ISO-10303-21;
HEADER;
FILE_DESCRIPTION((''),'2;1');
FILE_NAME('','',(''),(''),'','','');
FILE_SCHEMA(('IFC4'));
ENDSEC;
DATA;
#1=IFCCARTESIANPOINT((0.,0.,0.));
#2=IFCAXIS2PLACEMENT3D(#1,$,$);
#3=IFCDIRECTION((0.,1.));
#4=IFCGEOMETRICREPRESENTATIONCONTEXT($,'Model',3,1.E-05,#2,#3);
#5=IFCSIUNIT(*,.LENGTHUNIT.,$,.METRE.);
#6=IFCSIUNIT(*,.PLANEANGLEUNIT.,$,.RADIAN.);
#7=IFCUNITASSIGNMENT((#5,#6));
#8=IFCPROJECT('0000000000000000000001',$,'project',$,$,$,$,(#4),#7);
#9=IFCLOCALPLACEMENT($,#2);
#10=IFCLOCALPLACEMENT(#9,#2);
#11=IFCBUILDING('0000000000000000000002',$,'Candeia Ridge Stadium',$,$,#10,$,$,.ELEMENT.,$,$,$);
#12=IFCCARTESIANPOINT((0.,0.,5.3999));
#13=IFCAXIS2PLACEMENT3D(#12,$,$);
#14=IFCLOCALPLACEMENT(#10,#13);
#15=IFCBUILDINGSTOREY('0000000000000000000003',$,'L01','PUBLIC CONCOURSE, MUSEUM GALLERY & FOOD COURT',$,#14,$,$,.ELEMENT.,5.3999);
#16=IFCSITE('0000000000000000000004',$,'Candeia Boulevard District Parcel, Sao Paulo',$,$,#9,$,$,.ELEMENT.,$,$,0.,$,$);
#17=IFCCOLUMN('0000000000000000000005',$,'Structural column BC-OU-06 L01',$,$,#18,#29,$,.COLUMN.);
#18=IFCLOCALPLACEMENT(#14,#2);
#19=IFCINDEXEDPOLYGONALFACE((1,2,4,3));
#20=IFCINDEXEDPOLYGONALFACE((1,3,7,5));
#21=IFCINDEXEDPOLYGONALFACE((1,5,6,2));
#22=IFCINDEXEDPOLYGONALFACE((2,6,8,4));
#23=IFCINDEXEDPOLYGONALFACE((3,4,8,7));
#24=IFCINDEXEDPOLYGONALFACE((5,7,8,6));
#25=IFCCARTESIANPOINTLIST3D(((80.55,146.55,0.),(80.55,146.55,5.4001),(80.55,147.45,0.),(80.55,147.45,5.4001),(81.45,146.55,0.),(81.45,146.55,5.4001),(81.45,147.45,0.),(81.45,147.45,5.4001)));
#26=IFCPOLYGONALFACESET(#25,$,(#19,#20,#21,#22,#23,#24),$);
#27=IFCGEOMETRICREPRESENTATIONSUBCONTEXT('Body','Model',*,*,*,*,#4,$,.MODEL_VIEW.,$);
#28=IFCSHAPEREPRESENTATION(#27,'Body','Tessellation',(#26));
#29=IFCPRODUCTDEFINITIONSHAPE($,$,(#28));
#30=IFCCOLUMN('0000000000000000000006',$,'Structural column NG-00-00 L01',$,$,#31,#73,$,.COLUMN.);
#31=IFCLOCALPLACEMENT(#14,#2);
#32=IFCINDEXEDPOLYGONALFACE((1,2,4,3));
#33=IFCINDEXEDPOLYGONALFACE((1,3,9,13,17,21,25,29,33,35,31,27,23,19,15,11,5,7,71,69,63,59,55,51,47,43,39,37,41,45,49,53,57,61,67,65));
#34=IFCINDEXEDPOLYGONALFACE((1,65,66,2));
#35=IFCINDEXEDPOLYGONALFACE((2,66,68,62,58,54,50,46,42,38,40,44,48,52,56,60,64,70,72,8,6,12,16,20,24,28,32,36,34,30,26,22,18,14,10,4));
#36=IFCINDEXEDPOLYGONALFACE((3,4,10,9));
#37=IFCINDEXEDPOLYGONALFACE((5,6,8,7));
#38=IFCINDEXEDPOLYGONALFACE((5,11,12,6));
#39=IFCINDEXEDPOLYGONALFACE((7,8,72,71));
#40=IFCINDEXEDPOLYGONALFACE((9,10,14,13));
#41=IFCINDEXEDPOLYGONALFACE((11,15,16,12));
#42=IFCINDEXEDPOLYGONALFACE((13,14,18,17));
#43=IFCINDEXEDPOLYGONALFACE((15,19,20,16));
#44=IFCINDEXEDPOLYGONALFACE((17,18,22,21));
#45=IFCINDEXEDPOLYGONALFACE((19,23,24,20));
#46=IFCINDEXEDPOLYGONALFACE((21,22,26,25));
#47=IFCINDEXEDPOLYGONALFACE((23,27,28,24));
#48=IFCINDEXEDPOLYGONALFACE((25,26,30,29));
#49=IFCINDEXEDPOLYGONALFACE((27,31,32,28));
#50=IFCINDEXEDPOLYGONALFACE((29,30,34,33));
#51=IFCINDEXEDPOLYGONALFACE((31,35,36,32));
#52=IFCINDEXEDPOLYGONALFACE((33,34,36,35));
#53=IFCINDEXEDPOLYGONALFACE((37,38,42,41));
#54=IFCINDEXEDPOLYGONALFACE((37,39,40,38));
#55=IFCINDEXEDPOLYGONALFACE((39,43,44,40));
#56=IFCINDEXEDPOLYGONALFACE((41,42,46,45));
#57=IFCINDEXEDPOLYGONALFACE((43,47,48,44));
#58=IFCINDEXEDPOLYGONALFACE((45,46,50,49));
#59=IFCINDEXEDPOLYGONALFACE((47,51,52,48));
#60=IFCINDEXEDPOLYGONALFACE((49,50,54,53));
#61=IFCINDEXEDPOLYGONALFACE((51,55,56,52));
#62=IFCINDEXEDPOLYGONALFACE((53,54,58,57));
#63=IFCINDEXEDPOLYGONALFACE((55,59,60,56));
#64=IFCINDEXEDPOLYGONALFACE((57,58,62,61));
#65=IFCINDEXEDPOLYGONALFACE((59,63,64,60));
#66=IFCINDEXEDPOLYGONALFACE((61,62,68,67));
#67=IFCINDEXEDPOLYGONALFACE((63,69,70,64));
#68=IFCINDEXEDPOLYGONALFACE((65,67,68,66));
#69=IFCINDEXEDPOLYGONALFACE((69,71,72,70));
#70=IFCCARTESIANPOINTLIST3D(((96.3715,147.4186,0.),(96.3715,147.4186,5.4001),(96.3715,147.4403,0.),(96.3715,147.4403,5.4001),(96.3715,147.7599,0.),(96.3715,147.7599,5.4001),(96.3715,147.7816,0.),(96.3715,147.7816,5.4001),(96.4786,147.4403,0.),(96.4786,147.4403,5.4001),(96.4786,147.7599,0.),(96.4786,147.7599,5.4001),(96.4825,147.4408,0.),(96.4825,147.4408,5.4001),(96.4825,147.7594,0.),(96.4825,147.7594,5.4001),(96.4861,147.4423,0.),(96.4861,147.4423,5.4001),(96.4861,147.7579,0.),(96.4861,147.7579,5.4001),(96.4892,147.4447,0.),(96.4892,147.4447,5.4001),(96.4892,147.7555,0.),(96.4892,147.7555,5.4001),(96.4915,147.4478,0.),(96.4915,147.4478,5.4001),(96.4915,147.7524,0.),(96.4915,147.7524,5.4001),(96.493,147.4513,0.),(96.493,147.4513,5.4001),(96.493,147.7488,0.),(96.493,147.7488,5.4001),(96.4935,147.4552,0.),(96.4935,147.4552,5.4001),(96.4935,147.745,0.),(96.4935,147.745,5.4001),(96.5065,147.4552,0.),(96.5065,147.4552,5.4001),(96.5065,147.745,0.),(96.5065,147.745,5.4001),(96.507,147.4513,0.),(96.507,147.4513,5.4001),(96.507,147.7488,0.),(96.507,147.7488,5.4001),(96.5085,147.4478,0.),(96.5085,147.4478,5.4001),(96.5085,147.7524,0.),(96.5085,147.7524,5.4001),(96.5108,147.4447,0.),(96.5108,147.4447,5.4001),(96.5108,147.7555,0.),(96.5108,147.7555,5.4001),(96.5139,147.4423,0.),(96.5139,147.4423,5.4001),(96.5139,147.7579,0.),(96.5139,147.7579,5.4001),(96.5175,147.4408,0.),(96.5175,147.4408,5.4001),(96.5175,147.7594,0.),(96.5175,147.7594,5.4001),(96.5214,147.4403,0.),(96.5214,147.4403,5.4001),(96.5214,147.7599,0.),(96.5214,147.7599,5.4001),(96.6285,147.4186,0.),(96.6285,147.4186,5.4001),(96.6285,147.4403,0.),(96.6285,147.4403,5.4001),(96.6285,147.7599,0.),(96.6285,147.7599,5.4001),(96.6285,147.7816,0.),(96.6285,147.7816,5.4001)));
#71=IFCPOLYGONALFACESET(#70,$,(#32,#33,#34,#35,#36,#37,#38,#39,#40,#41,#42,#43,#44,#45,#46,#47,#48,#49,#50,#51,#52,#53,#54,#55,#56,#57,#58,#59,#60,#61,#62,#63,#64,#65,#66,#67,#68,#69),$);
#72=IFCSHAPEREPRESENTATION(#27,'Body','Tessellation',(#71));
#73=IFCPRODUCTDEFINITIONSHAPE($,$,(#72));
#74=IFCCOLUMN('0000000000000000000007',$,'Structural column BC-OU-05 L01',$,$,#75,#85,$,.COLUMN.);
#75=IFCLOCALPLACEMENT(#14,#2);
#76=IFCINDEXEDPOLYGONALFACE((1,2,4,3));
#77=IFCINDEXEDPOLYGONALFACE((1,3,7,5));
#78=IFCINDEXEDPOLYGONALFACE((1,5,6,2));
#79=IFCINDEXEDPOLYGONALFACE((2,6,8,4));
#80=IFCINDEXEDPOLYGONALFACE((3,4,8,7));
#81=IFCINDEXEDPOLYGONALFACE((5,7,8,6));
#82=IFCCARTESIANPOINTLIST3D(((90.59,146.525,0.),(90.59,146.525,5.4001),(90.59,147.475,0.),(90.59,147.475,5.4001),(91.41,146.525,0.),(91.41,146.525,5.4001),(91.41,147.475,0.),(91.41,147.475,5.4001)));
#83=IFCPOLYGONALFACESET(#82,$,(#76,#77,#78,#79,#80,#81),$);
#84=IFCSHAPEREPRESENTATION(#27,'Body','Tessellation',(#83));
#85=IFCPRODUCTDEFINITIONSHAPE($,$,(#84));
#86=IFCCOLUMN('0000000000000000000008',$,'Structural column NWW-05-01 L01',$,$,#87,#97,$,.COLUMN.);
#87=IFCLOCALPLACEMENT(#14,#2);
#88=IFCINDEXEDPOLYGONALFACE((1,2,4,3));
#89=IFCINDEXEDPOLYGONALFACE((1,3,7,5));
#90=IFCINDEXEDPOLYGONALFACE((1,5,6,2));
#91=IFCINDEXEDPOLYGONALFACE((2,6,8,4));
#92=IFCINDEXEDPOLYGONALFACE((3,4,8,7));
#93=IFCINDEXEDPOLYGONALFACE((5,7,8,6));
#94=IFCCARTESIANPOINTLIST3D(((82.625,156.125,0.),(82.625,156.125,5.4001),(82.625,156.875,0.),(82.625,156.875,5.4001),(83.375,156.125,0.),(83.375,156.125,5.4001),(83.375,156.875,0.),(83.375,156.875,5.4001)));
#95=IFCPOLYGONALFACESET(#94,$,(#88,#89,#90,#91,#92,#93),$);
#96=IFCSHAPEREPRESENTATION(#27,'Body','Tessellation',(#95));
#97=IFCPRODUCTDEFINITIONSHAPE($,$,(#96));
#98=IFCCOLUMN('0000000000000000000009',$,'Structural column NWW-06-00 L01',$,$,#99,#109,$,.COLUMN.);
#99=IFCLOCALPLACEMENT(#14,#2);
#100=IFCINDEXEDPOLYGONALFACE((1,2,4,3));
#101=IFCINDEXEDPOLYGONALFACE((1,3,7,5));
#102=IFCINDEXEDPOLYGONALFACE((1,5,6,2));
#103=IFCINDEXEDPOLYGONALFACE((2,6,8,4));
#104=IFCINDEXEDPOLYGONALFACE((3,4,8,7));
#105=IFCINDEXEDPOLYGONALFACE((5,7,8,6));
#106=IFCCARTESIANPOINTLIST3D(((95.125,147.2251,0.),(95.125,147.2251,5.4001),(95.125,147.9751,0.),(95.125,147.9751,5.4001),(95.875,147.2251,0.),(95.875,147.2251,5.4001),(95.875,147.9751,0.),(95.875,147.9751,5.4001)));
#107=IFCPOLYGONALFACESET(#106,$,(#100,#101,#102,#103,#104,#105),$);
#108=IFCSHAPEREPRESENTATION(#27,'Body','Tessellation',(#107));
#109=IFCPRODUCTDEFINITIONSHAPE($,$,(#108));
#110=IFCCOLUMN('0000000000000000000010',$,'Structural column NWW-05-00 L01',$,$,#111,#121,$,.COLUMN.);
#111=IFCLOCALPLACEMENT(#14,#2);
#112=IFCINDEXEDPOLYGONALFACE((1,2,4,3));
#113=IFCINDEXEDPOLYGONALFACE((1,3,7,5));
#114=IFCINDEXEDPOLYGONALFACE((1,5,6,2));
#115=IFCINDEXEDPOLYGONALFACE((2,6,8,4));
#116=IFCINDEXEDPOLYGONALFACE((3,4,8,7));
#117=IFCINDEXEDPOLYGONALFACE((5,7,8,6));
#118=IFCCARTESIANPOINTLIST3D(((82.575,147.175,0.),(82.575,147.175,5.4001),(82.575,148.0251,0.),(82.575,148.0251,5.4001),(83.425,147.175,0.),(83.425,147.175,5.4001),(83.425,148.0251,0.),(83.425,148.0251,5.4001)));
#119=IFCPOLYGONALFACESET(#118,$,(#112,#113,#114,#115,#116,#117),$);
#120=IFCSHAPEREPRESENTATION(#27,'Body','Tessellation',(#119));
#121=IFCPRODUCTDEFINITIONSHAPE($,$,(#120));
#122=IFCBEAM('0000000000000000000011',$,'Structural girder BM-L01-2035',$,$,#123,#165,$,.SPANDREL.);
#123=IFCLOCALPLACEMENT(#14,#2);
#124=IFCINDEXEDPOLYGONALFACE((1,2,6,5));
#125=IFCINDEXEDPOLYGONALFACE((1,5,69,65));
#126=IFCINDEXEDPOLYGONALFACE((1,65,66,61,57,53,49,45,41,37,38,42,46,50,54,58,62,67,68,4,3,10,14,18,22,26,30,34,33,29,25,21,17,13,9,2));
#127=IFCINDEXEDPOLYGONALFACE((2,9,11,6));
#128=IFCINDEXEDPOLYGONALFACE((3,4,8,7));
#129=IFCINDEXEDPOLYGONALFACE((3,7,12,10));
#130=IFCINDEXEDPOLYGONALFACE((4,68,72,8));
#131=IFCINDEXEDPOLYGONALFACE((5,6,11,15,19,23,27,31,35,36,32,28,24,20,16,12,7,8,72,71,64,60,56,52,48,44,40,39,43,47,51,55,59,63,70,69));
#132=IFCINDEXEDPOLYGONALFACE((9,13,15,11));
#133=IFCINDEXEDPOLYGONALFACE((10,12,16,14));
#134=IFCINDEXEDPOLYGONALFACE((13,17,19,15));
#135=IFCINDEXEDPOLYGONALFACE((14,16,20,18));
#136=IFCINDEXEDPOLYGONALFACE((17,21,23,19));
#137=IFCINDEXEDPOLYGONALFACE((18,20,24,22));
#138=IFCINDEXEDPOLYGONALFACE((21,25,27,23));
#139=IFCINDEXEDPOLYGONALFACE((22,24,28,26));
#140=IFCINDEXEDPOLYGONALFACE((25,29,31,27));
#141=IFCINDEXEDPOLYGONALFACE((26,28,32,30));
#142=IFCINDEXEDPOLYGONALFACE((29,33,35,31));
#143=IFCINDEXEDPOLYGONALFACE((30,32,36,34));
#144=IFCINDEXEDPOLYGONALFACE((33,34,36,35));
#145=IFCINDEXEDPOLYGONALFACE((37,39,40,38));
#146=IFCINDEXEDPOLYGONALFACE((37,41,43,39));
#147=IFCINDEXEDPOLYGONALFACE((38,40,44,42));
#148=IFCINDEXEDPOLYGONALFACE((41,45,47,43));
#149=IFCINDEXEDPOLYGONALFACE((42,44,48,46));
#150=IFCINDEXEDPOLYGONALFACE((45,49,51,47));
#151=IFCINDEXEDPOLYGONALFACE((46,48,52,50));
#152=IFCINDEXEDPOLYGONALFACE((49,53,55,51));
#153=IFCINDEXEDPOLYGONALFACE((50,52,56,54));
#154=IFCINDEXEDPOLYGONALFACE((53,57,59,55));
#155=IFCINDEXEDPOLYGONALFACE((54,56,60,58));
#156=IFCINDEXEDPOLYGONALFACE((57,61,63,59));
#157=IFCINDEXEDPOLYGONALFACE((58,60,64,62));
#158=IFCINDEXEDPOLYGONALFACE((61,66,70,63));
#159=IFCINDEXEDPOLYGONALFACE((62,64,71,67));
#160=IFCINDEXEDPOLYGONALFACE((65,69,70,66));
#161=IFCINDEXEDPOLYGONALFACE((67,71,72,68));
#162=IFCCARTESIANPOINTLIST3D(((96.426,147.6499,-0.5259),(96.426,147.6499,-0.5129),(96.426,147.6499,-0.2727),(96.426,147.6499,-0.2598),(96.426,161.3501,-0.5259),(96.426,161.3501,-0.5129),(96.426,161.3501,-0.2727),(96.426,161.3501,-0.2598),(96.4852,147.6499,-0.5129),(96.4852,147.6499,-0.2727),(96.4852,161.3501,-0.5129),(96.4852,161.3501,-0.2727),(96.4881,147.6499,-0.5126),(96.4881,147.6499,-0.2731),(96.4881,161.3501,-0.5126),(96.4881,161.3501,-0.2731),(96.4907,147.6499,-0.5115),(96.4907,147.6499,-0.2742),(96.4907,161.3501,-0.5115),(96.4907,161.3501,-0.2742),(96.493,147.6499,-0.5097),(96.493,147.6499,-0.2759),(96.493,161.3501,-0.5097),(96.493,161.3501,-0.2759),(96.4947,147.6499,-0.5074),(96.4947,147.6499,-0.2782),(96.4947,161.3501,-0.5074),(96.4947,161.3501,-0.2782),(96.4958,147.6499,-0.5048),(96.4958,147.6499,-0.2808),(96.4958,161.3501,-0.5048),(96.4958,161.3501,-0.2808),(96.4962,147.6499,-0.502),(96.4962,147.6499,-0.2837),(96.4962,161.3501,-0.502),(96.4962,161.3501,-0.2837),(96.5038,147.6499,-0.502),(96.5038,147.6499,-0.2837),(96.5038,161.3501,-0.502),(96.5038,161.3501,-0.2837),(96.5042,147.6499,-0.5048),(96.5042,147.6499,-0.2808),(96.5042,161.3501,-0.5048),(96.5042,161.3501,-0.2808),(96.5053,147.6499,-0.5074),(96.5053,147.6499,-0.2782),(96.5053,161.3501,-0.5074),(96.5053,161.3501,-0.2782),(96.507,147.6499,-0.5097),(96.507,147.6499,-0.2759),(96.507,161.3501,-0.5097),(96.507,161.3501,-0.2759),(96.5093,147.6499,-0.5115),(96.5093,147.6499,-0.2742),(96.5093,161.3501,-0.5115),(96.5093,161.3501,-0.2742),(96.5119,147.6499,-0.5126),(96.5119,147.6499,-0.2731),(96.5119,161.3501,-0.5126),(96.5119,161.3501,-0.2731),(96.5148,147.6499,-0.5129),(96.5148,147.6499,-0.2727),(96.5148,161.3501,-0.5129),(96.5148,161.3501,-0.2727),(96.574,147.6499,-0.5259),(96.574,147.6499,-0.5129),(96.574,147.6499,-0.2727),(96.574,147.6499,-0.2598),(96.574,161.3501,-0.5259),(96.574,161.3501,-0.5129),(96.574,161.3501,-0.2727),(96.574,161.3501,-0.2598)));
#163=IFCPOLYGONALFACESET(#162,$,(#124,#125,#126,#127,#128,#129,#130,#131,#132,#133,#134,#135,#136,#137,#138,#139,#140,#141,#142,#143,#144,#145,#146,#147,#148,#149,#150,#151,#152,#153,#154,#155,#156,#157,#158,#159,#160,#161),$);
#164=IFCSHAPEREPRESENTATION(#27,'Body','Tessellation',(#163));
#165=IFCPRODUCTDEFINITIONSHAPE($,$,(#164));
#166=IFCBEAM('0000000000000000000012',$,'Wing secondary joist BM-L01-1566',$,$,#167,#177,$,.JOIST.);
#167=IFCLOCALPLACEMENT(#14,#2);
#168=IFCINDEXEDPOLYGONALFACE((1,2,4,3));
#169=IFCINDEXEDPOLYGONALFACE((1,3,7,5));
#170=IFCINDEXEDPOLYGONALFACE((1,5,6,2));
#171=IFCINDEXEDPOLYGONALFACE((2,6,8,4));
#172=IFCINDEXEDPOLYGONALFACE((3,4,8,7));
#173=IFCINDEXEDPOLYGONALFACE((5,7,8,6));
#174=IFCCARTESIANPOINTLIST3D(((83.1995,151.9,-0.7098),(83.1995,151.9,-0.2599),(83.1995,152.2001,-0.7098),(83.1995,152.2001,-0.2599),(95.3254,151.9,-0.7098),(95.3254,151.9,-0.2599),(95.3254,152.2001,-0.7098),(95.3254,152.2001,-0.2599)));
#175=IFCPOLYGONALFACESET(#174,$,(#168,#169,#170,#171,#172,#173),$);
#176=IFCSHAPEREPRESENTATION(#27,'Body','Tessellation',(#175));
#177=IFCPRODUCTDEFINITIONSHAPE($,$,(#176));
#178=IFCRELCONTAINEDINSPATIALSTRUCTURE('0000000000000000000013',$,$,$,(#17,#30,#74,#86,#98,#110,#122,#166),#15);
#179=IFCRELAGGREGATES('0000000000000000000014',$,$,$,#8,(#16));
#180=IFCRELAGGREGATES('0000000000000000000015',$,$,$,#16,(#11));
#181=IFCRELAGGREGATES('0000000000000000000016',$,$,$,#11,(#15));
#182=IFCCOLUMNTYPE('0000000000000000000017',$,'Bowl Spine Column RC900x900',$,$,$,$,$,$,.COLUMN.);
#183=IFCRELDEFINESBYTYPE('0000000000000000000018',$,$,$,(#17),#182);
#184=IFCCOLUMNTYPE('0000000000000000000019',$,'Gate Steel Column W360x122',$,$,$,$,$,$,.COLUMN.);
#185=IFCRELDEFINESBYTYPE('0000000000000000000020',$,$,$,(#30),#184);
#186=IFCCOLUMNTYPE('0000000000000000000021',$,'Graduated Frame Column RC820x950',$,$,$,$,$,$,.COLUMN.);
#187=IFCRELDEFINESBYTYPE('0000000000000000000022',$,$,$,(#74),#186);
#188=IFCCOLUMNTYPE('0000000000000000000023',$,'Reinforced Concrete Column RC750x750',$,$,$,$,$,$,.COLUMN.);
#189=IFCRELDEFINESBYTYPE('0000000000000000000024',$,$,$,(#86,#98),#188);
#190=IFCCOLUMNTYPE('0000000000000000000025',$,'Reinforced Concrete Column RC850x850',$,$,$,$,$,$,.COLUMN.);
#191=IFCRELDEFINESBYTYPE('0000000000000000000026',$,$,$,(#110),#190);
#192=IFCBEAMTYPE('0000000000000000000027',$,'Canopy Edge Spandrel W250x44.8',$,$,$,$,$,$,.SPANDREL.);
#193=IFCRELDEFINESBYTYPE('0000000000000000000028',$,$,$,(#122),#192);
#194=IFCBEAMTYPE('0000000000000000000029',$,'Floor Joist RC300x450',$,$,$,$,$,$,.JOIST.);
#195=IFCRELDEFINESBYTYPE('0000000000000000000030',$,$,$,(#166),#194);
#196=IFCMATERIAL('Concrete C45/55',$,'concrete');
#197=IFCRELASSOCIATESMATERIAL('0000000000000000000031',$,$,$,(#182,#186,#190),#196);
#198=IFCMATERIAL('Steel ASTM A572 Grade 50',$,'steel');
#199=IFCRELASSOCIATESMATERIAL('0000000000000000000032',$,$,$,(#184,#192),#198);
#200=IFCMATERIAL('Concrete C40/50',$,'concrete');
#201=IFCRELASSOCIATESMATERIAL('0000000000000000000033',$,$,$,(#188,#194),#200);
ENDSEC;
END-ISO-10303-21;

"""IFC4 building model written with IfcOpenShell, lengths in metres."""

from ifc_helpers import new_model, si_unit, direction, frame, origin, origin_2d, place, context, subcontext, project, spatial, rectangle, i_section, extrude, material, material_profile, profile_set, type_object, element, save


model = new_model("IFC4")

# Units and contexts
model_context = context("Model", 3, precision=1e-05, world=origin(), true_north=direction((0.0, 1.0)))
body_context = subcontext(model_context, "Body", "Model", "MODEL_VIEW")
ifc_project = project(units=[si_unit("LENGTHUNIT", "METRE"), si_unit("PLANEANGLEUNIT", "RADIAN")], contexts=[model_context])

# Site, building, storey
site_placement = place(None, origin())
site = spatial("IfcSite", under=ifc_project, at=site_placement, Name="Candeia Boulevard District Parcel, Sao Paulo", CompositionType="ELEMENT", RefElevation=0.0)
building_placement = place(site_placement, origin())
building = spatial("IfcBuilding", under=site, at=building_placement, Name="Candeia Ridge Stadium", CompositionType="ELEMENT")
storey_placement = place(building_placement, frame((0.0, 0.0, 5.3999)))
storey = spatial("IfcBuildingStorey", under=building, at=storey_placement, Name="L01", Description="PUBLIC CONCOURSE, MUSEUM GALLERY & FOOD COURT", CompositionType="ELEMENT", Elevation=5.3999)

# Columns
ifc_material_1 = material(Name="Concrete C45/55", Category="concrete")
ifc_material_profile_1 = material_profile(ifc_material_1, rectangle(XDim=0.8999, YDim=0.8999, at=origin_2d()), Name="RC900x900", Category="concrete")
ifc_profile_set_1 = profile_set([ifc_material_profile_1], Name="Concrete C45/55")
column_type_1 = type_object("IfcColumnType", Name="Bowl Spine Column RC900x900", PredefinedType="COLUMN", material=ifc_profile_set_1)
column_1_placement = place(storey_placement, frame((81.0, 147.0, 0.0), z_axis=(0.0, 0.0, 1.0), x_axis=(1.0, 0.0, 0.0)))
element("IfcColumn", 1, at=column_1_placement, inside=storey, type_object=column_type_1, Name="Structural column BC-OU-06 L01", PredefinedType="COLUMN", context=body_context, shape_type="SweptSolid", body=[
    extrude(rectangle(XDim=0.8999, YDim=0.8999, at=origin_2d()), origin(), (0.0, 0.0, 1.0), 5.4001),
])
ifc_material_2 = material(Name="Steel ASTM A572 Grade 50", Category="steel")
ifc_material_profile_2 = material_profile(ifc_material_2, i_section(OverallWidth=0.2571, OverallDepth=0.363, WebThickness=0.0129, FlangeThickness=0.0217, FilletRadius=0.0149, at=origin_2d()), Name="W360x122", Category="steel")
ifc_profile_set_2 = profile_set([ifc_material_profile_2], Name="Steel ASTM A572 Grade 50")
column_type_2 = type_object("IfcColumnType", Name="Gate Steel Column W360x122", PredefinedType="COLUMN", material=ifc_profile_set_2)
column_2_placement = place(storey_placement, frame((96.5, 147.6001, 0.0), z_axis=(0.0, 0.0, 1.0), x_axis=(1.0, 0.0, 0.0)))
element("IfcColumn", 2, at=column_2_placement, inside=storey, type_object=column_type_2, Name="Structural column NG-00-00 L01", PredefinedType="COLUMN", context=body_context, shape_type="SweptSolid", body=[
    extrude(i_section(OverallWidth=0.2571, OverallDepth=0.363, WebThickness=0.0129, FlangeThickness=0.0217, FilletRadius=0.0149, at=origin_2d()), origin(), (0.0, 0.0, 1.0), 5.4001),
])
ifc_material_profile_3 = material_profile(ifc_material_1, rectangle(XDim=0.8201, YDim=0.95, at=origin_2d()), Name="RC820x950", Category="concrete")
ifc_profile_set_3 = profile_set([ifc_material_profile_3], Name="Concrete C45/55")
column_type_3 = type_object("IfcColumnType", Name="Graduated Frame Column RC820x950", PredefinedType="COLUMN", material=ifc_profile_set_3)
column_3_placement = place(storey_placement, frame((91.0, 147.0, 0.0), z_axis=(0.0, 0.0, 1.0), x_axis=(1.0, 0.0, 0.0)))
element("IfcColumn", 3, at=column_3_placement, inside=storey, type_object=column_type_3, Name="Structural column BC-OU-05 L01", PredefinedType="COLUMN", context=body_context, shape_type="SweptSolid", body=[
    extrude(rectangle(XDim=0.8201, YDim=0.95, at=origin_2d()), origin(), (0.0, 0.0, 1.0), 5.4001),
])
ifc_material_3 = material(Name="Concrete C40/50", Category="concrete")
ifc_material_profile_4 = material_profile(ifc_material_3, rectangle(XDim=0.75, YDim=0.75, at=origin_2d()), Name="RC750x750", Category="concrete")
ifc_profile_set_4 = profile_set([ifc_material_profile_4], Name="Concrete C40/50")
column_type_4 = type_object("IfcColumnType", Name="Reinforced Concrete Column RC750x750", PredefinedType="COLUMN", material=ifc_profile_set_4)
for number, where, z_axis, x_axis, name in (
    (4, (83.0, 156.5, 0.0), (0.0, 0.0, 1.0), (1.0, 0.0, 0.0), "Structural column NWW-05-01 L01"),
    (5, (95.5, 147.6001, 0.0), (0.0, 0.0, 1.0), (1.0, 0.0, 0.0), "Structural column NWW-06-00 L01"),
):
    element("IfcColumn", number, at=place(storey_placement, frame(where, z_axis=z_axis, x_axis=x_axis)), inside=storey, type_object=column_type_4, Name=name, PredefinedType="COLUMN", context=body_context, shape_type="SweptSolid", body=[
        extrude(rectangle(XDim=0.75, YDim=0.75, at=origin_2d()), origin(), (0.0, 0.0, 1.0), 5.4001),
    ])
ifc_material_profile_5 = material_profile(ifc_material_1, rectangle(XDim=0.8501, YDim=0.8501, at=origin_2d()), Name="RC850x850", Category="concrete")
ifc_profile_set_5 = profile_set([ifc_material_profile_5], Name="Concrete C45/55")
column_type_5 = type_object("IfcColumnType", Name="Reinforced Concrete Column RC850x850", PredefinedType="COLUMN", material=ifc_profile_set_5)
column_4_placement = place(storey_placement, frame((83.0, 147.6001, 0.0), z_axis=(0.0, 0.0, 1.0), x_axis=(1.0, 0.0, 0.0)))
element("IfcColumn", 6, at=column_4_placement, inside=storey, type_object=column_type_5, Name="Structural column NWW-05-00 L01", PredefinedType="COLUMN", context=body_context, shape_type="SweptSolid", body=[
    extrude(rectangle(XDim=0.8501, YDim=0.8501, at=origin_2d()), origin(), (0.0, 0.0, 1.0), 5.4001),
])

# Beams
ifc_material_profile_6 = material_profile(ifc_material_2, i_section(OverallWidth=0.1479, OverallDepth=0.2661, WebThickness=0.0076, FlangeThickness=0.0129, FilletRadius=0.011, at=origin_2d()), Name="W250x44.8", Category="steel")
ifc_profile_set_6 = profile_set([ifc_material_profile_6], Name="Steel ASTM A572 Grade 50")
beam_type_1 = type_object("IfcBeamType", Name="Canopy Edge Spandrel W250x44.8", PredefinedType="SPANDREL", material=ifc_profile_set_6)
beam_1_placement = place(storey_placement, frame((96.5, 147.6499, -0.3928), z_axis=(0.0, 1.0, 0.0), x_axis=(-1.0, 0.0, 0.0)))
element("IfcBeam", 7, at=beam_1_placement, inside=storey, type_object=beam_type_1, Name="Structural girder BM-L01-2035", PredefinedType="SPANDREL", context=body_context, shape_type="SweptSolid", body=[
    extrude(i_section(OverallWidth=0.1479, OverallDepth=0.2661, WebThickness=0.0076, FlangeThickness=0.0129, FilletRadius=0.011, at=origin_2d()), origin(), (0.0, 0.0, 1.0), 13.7002),
])
ifc_material_profile_7 = material_profile(ifc_material_3, rectangle(XDim=0.3, YDim=0.45, at=origin_2d()), Name="RC300x450", Category="concrete")
ifc_profile_set_7 = profile_set([ifc_material_profile_7], Name="Concrete C40/50")
beam_type_2 = type_object("IfcBeamType", Name="Floor Joist RC300x450", PredefinedType="JOIST", material=ifc_profile_set_7)
beam_2_placement = place(storey_placement, frame((83.1995, 152.05, -0.4849), z_axis=(1.0, 0.0, 0.0), x_axis=(0.0, 1.0, 0.0)))
element("IfcBeam", 8, at=beam_2_placement, inside=storey, type_object=beam_type_2, Name="Wing secondary joist BM-L01-1566", PredefinedType="JOIST", context=body_context, shape_type="SweptSolid", body=[
    extrude(rectangle(XDim=0.3, YDim=0.45, at=origin_2d()), origin(), (0.0, 0.0, 1.0), 12.126),
])

save(model, "model.ifc")
